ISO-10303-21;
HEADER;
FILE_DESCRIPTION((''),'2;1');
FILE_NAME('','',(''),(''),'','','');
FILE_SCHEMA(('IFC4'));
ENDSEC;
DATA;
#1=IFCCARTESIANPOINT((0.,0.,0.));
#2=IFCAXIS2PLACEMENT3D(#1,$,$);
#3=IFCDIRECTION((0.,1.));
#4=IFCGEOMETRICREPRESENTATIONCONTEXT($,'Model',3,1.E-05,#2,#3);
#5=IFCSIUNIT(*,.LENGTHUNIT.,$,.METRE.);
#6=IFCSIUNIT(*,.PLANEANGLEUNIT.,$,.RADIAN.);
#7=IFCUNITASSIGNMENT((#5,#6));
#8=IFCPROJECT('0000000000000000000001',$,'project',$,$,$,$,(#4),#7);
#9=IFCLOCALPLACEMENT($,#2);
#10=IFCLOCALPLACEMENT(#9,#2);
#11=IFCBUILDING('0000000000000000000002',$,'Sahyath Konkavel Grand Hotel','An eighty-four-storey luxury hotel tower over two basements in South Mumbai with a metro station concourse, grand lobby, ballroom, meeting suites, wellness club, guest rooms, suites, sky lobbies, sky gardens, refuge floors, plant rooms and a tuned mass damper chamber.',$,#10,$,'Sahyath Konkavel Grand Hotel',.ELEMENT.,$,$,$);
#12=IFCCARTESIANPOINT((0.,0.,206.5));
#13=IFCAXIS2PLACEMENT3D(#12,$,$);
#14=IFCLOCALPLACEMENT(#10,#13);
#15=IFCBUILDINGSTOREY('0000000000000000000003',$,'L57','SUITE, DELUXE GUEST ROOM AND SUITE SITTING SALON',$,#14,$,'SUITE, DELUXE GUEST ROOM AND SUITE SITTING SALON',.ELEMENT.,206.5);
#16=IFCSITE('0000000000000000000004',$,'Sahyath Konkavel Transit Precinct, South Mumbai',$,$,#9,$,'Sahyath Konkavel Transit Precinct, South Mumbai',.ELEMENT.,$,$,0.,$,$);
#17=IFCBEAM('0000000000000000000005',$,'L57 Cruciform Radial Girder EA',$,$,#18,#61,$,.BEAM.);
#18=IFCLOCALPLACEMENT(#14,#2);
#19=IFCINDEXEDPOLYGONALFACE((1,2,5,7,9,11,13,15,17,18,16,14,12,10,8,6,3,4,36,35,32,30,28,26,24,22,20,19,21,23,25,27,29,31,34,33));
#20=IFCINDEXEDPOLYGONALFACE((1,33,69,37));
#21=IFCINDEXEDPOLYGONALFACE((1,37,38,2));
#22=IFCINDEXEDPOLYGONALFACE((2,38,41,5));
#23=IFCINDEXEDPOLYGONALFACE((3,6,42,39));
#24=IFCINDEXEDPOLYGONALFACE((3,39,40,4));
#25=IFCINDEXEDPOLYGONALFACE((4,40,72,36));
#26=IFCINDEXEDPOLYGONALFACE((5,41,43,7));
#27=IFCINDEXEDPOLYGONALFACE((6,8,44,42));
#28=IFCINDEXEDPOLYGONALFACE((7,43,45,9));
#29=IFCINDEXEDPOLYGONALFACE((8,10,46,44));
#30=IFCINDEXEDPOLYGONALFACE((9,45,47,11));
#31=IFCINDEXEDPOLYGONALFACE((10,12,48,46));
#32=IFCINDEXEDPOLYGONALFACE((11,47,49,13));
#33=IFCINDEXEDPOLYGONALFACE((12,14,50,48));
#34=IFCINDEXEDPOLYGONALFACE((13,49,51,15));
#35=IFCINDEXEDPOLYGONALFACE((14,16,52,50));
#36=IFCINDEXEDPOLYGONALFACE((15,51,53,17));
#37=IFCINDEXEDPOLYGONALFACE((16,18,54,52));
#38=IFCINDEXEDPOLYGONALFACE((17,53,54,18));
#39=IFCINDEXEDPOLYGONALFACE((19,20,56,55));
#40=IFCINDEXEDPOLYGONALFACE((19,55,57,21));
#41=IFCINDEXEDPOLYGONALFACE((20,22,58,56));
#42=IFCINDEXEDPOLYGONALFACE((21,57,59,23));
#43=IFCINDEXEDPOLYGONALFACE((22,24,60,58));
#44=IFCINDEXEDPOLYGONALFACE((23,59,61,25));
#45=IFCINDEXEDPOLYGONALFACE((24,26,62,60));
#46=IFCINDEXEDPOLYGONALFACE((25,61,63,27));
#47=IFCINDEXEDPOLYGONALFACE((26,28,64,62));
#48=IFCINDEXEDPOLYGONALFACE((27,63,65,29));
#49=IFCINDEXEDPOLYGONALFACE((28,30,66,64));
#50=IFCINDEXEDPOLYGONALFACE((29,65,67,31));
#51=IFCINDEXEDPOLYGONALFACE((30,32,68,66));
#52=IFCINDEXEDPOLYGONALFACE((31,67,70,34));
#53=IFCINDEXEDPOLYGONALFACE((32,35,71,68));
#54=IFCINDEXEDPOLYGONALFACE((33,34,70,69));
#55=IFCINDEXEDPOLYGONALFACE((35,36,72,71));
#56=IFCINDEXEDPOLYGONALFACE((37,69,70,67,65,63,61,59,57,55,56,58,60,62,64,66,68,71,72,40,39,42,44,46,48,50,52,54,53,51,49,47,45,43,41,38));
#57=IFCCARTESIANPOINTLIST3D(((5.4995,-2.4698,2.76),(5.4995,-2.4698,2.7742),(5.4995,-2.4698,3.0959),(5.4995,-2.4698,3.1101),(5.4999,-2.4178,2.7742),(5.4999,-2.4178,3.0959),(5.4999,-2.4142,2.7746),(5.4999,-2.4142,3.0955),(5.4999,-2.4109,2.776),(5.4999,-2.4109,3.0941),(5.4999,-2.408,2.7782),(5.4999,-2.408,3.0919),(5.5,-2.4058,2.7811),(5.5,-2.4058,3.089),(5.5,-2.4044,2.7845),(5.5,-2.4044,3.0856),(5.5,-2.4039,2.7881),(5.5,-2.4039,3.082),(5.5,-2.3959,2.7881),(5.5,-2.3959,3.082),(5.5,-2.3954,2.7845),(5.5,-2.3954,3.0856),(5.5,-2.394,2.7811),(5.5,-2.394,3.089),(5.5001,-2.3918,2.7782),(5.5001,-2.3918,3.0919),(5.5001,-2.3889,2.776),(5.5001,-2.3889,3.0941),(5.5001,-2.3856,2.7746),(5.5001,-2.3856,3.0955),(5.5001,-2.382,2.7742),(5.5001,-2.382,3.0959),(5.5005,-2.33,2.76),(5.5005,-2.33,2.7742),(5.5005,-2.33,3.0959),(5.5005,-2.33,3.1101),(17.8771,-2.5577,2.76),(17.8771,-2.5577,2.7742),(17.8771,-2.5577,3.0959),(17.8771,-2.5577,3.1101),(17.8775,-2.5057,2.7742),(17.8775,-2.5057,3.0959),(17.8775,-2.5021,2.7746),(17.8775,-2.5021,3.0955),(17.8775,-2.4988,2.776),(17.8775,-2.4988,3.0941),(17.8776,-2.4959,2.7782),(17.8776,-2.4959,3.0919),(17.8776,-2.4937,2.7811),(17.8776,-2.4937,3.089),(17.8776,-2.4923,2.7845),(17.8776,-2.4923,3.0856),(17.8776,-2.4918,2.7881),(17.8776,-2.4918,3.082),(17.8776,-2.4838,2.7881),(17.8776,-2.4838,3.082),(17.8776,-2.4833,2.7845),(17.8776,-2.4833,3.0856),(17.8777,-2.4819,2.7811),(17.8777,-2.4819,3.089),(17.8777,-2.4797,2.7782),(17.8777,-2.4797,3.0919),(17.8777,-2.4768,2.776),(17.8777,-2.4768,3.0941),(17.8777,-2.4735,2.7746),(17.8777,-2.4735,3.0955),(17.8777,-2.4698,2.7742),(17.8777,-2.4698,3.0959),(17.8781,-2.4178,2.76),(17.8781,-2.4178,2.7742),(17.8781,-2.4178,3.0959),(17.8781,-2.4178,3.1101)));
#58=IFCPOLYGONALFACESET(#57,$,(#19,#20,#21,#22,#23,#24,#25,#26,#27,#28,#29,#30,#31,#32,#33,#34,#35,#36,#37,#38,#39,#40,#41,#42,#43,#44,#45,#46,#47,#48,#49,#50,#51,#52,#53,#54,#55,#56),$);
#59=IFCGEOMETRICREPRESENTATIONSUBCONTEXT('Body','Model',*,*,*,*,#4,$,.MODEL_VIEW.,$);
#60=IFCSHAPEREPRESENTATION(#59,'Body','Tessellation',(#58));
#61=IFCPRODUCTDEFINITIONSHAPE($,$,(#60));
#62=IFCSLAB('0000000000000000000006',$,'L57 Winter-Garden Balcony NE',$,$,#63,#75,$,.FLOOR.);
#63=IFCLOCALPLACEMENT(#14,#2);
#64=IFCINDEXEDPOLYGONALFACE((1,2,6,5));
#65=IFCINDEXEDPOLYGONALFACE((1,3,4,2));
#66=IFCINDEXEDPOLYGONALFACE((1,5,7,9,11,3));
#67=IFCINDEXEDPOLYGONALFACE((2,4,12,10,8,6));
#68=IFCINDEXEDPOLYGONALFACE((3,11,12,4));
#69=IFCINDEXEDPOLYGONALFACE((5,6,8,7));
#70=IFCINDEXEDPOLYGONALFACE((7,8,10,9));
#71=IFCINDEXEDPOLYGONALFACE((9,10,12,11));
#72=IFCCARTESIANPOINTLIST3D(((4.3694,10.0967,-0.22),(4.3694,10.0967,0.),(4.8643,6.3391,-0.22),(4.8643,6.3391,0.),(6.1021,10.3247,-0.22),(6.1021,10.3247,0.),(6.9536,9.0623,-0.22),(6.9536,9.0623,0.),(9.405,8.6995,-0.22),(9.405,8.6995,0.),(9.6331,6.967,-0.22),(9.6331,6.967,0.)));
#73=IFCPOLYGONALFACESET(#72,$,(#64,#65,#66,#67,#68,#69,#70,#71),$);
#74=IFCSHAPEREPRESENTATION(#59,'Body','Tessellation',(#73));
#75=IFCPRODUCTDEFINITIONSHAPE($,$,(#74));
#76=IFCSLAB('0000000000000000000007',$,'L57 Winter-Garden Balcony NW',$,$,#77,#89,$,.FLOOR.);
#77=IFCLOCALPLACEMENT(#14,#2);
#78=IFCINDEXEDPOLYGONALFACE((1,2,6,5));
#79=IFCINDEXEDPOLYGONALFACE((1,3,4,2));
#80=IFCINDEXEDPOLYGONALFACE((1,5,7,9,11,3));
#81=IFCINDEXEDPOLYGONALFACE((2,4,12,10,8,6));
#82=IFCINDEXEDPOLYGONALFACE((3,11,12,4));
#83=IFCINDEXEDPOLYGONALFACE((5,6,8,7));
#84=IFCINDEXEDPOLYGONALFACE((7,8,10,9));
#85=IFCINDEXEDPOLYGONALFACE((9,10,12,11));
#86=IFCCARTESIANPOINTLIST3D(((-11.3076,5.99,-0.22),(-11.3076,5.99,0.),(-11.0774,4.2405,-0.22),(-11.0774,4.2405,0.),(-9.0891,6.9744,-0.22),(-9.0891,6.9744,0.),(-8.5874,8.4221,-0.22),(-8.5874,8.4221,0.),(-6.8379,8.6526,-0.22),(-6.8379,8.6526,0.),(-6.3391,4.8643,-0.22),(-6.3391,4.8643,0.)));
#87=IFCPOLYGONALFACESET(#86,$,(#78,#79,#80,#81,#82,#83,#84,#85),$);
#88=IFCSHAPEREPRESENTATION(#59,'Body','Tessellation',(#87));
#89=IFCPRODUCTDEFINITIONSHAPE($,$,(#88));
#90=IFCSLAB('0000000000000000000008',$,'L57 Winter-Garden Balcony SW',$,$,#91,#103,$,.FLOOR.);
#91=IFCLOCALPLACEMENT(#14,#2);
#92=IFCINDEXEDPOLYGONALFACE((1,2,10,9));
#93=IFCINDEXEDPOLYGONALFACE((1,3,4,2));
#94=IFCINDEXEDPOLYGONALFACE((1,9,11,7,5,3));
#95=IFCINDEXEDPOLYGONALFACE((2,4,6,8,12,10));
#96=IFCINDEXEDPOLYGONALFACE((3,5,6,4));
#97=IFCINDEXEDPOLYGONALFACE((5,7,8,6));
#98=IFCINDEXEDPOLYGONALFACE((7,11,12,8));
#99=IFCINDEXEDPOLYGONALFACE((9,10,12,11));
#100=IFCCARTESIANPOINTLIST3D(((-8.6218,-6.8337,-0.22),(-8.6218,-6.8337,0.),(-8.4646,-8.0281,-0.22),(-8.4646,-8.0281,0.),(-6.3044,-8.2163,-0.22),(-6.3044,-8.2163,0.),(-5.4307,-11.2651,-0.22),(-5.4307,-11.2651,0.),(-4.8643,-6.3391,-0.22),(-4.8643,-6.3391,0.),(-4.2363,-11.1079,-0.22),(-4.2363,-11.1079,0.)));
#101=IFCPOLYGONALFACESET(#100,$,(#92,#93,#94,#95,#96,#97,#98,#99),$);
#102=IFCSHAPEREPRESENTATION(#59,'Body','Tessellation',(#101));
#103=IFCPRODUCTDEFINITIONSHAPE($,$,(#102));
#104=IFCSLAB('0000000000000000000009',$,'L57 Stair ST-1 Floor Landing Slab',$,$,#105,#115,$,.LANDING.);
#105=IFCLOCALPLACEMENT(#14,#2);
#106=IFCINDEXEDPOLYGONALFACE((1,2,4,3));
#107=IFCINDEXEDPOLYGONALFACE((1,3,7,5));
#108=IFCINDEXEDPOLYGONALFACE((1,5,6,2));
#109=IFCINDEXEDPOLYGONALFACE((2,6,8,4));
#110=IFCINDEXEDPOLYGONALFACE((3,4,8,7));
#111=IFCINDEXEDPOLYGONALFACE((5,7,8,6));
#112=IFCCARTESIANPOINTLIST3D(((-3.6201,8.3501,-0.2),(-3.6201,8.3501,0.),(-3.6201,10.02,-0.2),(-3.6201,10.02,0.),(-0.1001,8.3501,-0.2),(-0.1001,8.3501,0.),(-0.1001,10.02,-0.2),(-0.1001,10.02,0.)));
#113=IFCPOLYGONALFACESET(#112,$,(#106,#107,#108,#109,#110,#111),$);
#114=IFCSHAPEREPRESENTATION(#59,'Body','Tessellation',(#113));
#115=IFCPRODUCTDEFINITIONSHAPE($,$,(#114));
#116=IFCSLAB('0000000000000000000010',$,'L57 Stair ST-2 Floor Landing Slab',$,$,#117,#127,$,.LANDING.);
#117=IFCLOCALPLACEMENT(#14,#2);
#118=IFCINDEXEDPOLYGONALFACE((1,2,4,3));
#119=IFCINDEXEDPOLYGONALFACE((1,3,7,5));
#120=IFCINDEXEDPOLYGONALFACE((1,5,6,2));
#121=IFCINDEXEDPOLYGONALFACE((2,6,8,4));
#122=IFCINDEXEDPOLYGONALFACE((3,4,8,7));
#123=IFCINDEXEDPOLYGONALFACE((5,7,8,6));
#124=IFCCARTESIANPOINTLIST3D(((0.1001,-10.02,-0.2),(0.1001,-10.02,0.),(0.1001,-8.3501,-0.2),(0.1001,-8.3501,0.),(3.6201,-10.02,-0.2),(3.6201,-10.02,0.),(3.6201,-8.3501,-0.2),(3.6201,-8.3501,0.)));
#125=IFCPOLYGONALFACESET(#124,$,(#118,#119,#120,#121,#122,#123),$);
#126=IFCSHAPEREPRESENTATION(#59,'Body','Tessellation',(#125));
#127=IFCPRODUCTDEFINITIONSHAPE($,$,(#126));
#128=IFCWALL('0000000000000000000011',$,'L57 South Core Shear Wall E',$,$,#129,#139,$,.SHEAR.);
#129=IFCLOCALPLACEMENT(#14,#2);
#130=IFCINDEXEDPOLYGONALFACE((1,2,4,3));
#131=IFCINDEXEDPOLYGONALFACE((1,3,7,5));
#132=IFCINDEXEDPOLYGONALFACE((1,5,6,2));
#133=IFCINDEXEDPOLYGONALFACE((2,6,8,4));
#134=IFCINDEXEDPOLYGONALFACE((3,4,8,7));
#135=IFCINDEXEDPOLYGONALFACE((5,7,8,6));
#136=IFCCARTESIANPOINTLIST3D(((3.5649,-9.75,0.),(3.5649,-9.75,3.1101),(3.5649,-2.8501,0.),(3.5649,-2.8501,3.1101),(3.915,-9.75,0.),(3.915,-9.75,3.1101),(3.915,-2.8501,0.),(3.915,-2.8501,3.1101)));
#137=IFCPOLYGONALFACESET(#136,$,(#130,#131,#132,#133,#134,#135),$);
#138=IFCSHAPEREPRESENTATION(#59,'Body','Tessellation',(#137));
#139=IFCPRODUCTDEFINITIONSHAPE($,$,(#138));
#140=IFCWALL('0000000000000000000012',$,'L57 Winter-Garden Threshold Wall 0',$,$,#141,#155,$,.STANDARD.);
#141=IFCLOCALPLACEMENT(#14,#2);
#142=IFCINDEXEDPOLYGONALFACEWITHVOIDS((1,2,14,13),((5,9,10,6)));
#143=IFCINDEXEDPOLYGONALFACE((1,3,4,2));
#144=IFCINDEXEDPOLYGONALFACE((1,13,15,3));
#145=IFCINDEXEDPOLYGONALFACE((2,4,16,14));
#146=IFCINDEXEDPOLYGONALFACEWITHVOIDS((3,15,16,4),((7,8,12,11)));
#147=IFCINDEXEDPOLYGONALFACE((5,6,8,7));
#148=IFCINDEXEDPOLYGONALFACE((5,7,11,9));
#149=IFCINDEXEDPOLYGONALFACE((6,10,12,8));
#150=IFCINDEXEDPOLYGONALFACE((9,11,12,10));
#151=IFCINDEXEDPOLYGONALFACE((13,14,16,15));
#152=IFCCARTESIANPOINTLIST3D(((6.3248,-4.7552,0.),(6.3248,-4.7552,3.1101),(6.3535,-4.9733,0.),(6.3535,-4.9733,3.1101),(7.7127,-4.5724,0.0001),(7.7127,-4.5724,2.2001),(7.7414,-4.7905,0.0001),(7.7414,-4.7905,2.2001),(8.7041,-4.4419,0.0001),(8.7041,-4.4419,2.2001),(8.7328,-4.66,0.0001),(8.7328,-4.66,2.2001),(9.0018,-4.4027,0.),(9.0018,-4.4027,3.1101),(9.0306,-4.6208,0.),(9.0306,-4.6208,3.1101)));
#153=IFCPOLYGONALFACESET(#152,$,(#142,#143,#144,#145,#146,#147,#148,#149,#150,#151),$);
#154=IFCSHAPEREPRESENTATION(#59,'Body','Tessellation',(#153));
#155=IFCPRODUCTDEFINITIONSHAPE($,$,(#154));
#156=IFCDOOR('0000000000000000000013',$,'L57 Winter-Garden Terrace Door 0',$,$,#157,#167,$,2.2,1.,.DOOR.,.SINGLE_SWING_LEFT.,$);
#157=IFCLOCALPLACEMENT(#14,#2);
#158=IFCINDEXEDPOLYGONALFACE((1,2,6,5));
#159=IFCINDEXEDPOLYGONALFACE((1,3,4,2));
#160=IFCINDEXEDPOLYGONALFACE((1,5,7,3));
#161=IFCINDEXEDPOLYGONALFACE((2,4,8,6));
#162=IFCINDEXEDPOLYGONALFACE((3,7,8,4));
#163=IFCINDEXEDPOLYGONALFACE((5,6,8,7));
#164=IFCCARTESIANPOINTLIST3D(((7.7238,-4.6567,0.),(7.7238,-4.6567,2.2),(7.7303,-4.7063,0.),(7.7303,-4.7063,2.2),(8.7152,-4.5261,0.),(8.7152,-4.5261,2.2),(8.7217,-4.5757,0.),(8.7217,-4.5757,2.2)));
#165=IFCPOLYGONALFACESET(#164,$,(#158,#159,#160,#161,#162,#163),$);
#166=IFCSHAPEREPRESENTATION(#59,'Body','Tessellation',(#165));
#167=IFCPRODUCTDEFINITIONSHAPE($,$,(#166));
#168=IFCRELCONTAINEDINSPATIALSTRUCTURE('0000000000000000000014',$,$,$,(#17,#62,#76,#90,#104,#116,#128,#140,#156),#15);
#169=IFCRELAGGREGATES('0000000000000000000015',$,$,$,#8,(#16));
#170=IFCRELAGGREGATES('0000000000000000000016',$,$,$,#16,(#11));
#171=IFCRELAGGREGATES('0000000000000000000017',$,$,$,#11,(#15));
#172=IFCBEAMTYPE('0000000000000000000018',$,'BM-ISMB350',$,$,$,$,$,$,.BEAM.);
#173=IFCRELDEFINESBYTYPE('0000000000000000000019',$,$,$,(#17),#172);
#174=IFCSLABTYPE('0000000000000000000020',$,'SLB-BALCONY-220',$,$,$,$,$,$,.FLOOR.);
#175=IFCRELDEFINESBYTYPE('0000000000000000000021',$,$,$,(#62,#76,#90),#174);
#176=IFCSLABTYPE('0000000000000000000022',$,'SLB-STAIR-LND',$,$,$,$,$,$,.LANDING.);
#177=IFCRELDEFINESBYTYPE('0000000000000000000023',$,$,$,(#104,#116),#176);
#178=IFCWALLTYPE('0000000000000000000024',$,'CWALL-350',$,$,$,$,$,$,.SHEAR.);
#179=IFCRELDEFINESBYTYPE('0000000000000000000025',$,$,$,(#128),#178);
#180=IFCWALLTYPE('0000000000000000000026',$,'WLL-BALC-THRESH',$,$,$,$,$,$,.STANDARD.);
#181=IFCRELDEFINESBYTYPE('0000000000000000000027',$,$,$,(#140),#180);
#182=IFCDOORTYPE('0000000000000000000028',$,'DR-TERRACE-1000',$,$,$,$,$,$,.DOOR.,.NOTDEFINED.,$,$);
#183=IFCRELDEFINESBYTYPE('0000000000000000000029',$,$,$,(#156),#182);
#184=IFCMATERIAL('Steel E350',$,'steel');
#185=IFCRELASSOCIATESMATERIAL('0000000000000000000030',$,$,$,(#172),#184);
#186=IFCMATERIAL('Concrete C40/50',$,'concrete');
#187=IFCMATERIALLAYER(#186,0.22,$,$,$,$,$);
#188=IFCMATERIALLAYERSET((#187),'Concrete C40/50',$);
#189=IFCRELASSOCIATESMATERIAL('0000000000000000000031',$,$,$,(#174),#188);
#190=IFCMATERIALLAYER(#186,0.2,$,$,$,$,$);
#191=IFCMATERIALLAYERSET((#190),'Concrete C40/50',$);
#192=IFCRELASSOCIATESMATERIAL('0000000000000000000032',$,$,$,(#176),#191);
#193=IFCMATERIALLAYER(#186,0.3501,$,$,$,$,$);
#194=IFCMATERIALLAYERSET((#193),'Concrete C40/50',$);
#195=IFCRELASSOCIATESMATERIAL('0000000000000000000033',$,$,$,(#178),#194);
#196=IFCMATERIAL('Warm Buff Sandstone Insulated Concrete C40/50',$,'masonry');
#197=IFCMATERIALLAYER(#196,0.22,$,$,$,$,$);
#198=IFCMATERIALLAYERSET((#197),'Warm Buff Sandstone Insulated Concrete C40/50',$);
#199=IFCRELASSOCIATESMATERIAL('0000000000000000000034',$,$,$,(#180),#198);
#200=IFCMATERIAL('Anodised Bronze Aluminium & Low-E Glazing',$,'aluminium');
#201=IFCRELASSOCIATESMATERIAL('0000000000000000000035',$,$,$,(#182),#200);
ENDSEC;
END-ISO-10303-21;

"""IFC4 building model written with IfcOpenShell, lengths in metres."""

from ifc_helpers import new_model, si_unit, direction, frame, frame_2d, origin, origin_2d, place, context, subcontext, project, spatial, polyline, rectangle, i_section, outline, extrude, source, transform, mapped, material, layer, layer_set, material_profile, profile_set, type_object, element, fill, save


model = new_model("IFC4")

# Units and contexts
model_context = context("Model", 3, precision=1e-05, world=origin(), true_north=direction((0.0, 1.0)))
body_context = subcontext(model_context, "Body", "Model", "MODEL_VIEW")
ifc_project = project(units=[si_unit("LENGTHUNIT", "METRE"), si_unit("PLANEANGLEUNIT", "RADIAN")], contexts=[model_context])

# Site, building, storey
site_placement = place(None, origin())
site = spatial("IfcSite", under=ifc_project, at=site_placement, Name="Sahyath Konkavel Transit Precinct, South Mumbai", LongName="Sahyath Konkavel Transit Precinct, South Mumbai", CompositionType="ELEMENT", RefElevation=0.0)
building_placement = place(site_placement, origin())
building = spatial("IfcBuilding", under=site, at=building_placement, Name="Sahyath Konkavel Grand Hotel", Description="An eighty-four-storey luxury hotel tower over two basements in South Mumbai with a metro station concourse, grand lobby, ballroom, meeting suites, wellness club, guest rooms, suites, sky lobbies, sky gardens, refuge floors, plant rooms and a tuned mass damper chamber.", LongName="Sahyath Konkavel Grand Hotel", CompositionType="ELEMENT")
storey_placement = place(building_placement, frame((0.0, 0.0, 206.5)))
storey = spatial("IfcBuildingStorey", under=building, at=storey_placement, Name="L57", Description="SUITE, DELUXE GUEST ROOM AND SUITE SITTING SALON", LongName="SUITE, DELUXE GUEST ROOM AND SUITE SITTING SALON", CompositionType="ELEMENT", Elevation=206.5)

# Shared definitions
ifc_material_1 = material(Name="Concrete C40/50", Category="concrete")

# Beam
ifc_material_2 = material(Name="Steel E350", Category="steel")
ifc_material_profile_1 = material_profile(ifc_material_2, i_section(OverallWidth=0.1399, OverallDepth=0.3501, WebThickness=0.0081, FlangeThickness=0.0142, FilletRadius=0.0139, at=origin_2d()), Name="ISMB 350")
ifc_profile_set_1 = profile_set([ifc_material_profile_1], Name="Steel E350")
beam_type_1 = type_object("IfcBeamType", Name="BM-ISMB350", PredefinedType="BEAM", material=ifc_profile_set_1)
shared_shape_1 = source(origin(), body_context, "Body", "SweptSolid", [
    extrude(i_section(OverallWidth=0.1399, OverallDepth=0.3501, WebThickness=0.0081, FlangeThickness=0.0142, FilletRadius=0.0139, at=origin_2d()), origin(), (0.0, 0.0, 1.0), 12.3779),
])
beam_1_placement = place(storey_placement, frame((5.5, -2.3999, 2.9351), z_axis=(0.999975, -0.007101, 0.0), x_axis=(0.007101, 0.999975, 0.0)))
element("IfcBeam", 1, at=beam_1_placement, inside=storey, type_object=beam_type_1, Name="L57 Cruciform Radial Girder EA", PredefinedType="BEAM", context=body_context, shape_type="MappedRepresentation", body=[
    mapped(shared_shape_1, transform((0.0, 0.0, 0.0), scale=1.0)),
])

# Slabs
ifc_layer_1 = layer(ifc_material_1, 0.22)
ifc_layer_set_1 = layer_set([ifc_layer_1], Name="Concrete C40/50")
slab_type_1 = type_object("IfcSlabType", Name="SLB-BALCONY-220", PredefinedType="FLOOR", material=ifc_layer_set_1)
slab_1_placement = place(storey_placement, frame((0.0, 0.0, -0.22)))
element("IfcSlab", 2, at=slab_1_placement, inside=storey, type_object=slab_type_1, Name="L57 Winter-Garden Balcony NE", PredefinedType="FLOOR", context=body_context, shape_type="SweptSolid", body=[
    extrude(outline(polyline([(4.8643, 6.3391), (9.6331, 6.967), (9.405, 8.6995), (6.9536, 9.0623), (6.1021, 10.3247), (4.3694, 10.0967), (4.8643, 6.3391)])), origin(), (0.0, 0.0, 1.0), 0.22),
])
slab_2_placement = place(storey_placement, frame((0.0, 0.0, -0.22)))
element("IfcSlab", 3, at=slab_2_placement, inside=storey, type_object=slab_type_1, Name="L57 Winter-Garden Balcony NW", PredefinedType="FLOOR", context=body_context, shape_type="SweptSolid", body=[
    extrude(outline(polyline([(-6.3391, 4.8643), (-6.8379, 8.6526), (-8.5874, 8.4221), (-9.0891, 6.9744), (-11.3076, 5.99), (-11.0774, 4.2405), (-6.3391, 4.8643)])), origin(), (0.0, 0.0, 1.0), 0.22),
])
slab_3_placement = place(storey_placement, frame((0.0, 0.0, -0.22)))
element("IfcSlab", 4, at=slab_3_placement, inside=storey, type_object=slab_type_1, Name="L57 Winter-Garden Balcony SW", PredefinedType="FLOOR", context=body_context, shape_type="SweptSolid", body=[
    extrude(outline(polyline([(-4.8643, -6.3391), (-8.6218, -6.8337), (-8.4646, -8.0281), (-6.3044, -8.2163), (-5.4307, -11.2651), (-4.2363, -11.1079), (-4.8643, -6.3391)])), origin(), (0.0, 0.0, 1.0), 0.22),
])
ifc_layer_2 = layer(ifc_material_1, 0.2)
ifc_layer_set_2 = layer_set([ifc_layer_2], Name="Concrete C40/50")
slab_type_2 = type_object("IfcSlabType", Name="SLB-STAIR-LND", PredefinedType="LANDING", material=ifc_layer_set_2)
slab_4_placement = place(storey_placement, frame((0.0, 0.0, -0.2)))
element("IfcSlab", 5, at=slab_4_placement, inside=storey, type_object=slab_type_2, Name="L57 Stair ST-1 Floor Landing Slab", PredefinedType="LANDING", context=body_context, shape_type="SweptSolid", body=[
    extrude(outline(polyline([(-3.6201, 8.3501), (-0.1001, 8.3501), (-0.1001, 10.02), (-3.6201, 10.02), (-3.6201, 8.3501)])), origin(), (0.0, 0.0, 1.0), 0.2),
])
slab_5_placement = place(storey_placement, frame((0.0, 0.0, -0.2)))
element("IfcSlab", 6, at=slab_5_placement, inside=storey, type_object=slab_type_2, Name="L57 Stair ST-2 Floor Landing Slab", PredefinedType="LANDING", context=body_context, shape_type="SweptSolid", body=[
    extrude(outline(polyline([(0.1001, -10.02), (3.6201, -10.02), (3.6201, -8.3501), (0.1001, -8.3501), (0.1001, -10.02)])), origin(), (0.0, 0.0, 1.0), 0.2),
])

# Wall
ifc_layer_3 = layer(ifc_material_1, 0.3501)
ifc_layer_set_3 = layer_set([ifc_layer_3], Name="Concrete C40/50")
wall_type_1 = type_object("IfcWallType", Name="CWALL-350", PredefinedType="SHEAR", material=ifc_layer_set_3)
wall_1_placement = place(storey_placement, frame((3.74, -9.75, 0.0), z_axis=(0.0, 0.0, 1.0), x_axis=(0.0, 1.0, 0.0)))
element("IfcWall", 7, at=wall_1_placement, inside=storey, type_object=wall_type_1, Name="L57 South Core Shear Wall E", PredefinedType="SHEAR", context=body_context, shape_type="SweptSolid", body=[
    extrude(rectangle(XDim=6.8999, YDim=0.3501, at=frame_2d((3.45, 0.0))), origin(), (0.0, 0.0, 1.0), 3.1101),
])

# Wall, opening, door
ifc_material_3 = material(Name="Warm Buff Sandstone Insulated Concrete C40/50", Category="masonry")
ifc_layer_4 = layer(ifc_material_3, 0.22)
ifc_layer_set_4 = layer_set([ifc_layer_4], Name="Warm Buff Sandstone Insulated Concrete C40/50")
wall_type_2 = type_object("IfcWallType", Name="WLL-BALC-THRESH", PredefinedType="STANDARD", material=ifc_layer_set_4)
wall_2_placement = place(storey_placement, frame((6.3391, -4.8643, 0.0), z_axis=(0.0, 0.0, 1.0), x_axis=(0.99144, 0.130564, 0.0)))
wall_2 = element("IfcWall", 8, at=wall_2_placement, inside=storey, type_object=wall_type_2, Name="L57 Winter-Garden Threshold Wall 0", PredefinedType="STANDARD", context=body_context, shape_type="SweptSolid", body=[
    extrude(rectangle(XDim=2.7002, YDim=0.22, at=frame_2d((1.3501, 0.0))), origin(), (0.0, 0.0, 1.0), 3.1101),
])
opening_1_placement = place(wall_2_placement, frame((1.3999, 0.0, 0.0)))
opening_1 = element("IfcOpeningElement", 9, at=opening_1_placement, cuts=wall_2, PredefinedType="OPENING", context=body_context, shape_type="SweptSolid", body=[
    extrude(rectangle(XDim=1.0, YDim=2.2, at=frame_2d((0.5, 1.1001))), frame((0.0, 0.1201, 0.0), z_axis=(0.0, -1.0, 0.0), x_axis=(1.0, 0.0, 0.0)), (0.0, 0.0, 1.0), 0.24),
])
ifc_material_4 = material(Name="Anodised Bronze Aluminium & Low-E Glazing", Category="aluminium")
door_type_1 = type_object("IfcDoorType", Name="DR-TERRACE-1000", OperationType="NOTDEFINED", PredefinedType="DOOR", material=ifc_material_4)
shared_shape_2 = source(origin(), body_context, "Body", "SweptSolid", [
    extrude(rectangle(XDim=1.0, YDim=0.05, at=origin_2d()), origin(), (0.0, 0.0, 1.0), 2.2),
])
door_1_placement = place(opening_1_placement, frame((0.5, 0.0, 0.0)))
door_1 = element("IfcDoor", 10, at=door_1_placement, inside=storey, type_object=door_type_1, Name="L57 Winter-Garden Terrace Door 0", OperationType="SINGLE_SWING_LEFT", OverallHeight=2.2, OverallWidth=1.0, PredefinedType="DOOR", context=body_context, shape_type="MappedRepresentation", body=[
    mapped(shared_shape_2, transform((0.0, 0.0, 0.0), scale=1.0)),
])
fill(opening_1, door_1)

save(model, "model.ifc")
